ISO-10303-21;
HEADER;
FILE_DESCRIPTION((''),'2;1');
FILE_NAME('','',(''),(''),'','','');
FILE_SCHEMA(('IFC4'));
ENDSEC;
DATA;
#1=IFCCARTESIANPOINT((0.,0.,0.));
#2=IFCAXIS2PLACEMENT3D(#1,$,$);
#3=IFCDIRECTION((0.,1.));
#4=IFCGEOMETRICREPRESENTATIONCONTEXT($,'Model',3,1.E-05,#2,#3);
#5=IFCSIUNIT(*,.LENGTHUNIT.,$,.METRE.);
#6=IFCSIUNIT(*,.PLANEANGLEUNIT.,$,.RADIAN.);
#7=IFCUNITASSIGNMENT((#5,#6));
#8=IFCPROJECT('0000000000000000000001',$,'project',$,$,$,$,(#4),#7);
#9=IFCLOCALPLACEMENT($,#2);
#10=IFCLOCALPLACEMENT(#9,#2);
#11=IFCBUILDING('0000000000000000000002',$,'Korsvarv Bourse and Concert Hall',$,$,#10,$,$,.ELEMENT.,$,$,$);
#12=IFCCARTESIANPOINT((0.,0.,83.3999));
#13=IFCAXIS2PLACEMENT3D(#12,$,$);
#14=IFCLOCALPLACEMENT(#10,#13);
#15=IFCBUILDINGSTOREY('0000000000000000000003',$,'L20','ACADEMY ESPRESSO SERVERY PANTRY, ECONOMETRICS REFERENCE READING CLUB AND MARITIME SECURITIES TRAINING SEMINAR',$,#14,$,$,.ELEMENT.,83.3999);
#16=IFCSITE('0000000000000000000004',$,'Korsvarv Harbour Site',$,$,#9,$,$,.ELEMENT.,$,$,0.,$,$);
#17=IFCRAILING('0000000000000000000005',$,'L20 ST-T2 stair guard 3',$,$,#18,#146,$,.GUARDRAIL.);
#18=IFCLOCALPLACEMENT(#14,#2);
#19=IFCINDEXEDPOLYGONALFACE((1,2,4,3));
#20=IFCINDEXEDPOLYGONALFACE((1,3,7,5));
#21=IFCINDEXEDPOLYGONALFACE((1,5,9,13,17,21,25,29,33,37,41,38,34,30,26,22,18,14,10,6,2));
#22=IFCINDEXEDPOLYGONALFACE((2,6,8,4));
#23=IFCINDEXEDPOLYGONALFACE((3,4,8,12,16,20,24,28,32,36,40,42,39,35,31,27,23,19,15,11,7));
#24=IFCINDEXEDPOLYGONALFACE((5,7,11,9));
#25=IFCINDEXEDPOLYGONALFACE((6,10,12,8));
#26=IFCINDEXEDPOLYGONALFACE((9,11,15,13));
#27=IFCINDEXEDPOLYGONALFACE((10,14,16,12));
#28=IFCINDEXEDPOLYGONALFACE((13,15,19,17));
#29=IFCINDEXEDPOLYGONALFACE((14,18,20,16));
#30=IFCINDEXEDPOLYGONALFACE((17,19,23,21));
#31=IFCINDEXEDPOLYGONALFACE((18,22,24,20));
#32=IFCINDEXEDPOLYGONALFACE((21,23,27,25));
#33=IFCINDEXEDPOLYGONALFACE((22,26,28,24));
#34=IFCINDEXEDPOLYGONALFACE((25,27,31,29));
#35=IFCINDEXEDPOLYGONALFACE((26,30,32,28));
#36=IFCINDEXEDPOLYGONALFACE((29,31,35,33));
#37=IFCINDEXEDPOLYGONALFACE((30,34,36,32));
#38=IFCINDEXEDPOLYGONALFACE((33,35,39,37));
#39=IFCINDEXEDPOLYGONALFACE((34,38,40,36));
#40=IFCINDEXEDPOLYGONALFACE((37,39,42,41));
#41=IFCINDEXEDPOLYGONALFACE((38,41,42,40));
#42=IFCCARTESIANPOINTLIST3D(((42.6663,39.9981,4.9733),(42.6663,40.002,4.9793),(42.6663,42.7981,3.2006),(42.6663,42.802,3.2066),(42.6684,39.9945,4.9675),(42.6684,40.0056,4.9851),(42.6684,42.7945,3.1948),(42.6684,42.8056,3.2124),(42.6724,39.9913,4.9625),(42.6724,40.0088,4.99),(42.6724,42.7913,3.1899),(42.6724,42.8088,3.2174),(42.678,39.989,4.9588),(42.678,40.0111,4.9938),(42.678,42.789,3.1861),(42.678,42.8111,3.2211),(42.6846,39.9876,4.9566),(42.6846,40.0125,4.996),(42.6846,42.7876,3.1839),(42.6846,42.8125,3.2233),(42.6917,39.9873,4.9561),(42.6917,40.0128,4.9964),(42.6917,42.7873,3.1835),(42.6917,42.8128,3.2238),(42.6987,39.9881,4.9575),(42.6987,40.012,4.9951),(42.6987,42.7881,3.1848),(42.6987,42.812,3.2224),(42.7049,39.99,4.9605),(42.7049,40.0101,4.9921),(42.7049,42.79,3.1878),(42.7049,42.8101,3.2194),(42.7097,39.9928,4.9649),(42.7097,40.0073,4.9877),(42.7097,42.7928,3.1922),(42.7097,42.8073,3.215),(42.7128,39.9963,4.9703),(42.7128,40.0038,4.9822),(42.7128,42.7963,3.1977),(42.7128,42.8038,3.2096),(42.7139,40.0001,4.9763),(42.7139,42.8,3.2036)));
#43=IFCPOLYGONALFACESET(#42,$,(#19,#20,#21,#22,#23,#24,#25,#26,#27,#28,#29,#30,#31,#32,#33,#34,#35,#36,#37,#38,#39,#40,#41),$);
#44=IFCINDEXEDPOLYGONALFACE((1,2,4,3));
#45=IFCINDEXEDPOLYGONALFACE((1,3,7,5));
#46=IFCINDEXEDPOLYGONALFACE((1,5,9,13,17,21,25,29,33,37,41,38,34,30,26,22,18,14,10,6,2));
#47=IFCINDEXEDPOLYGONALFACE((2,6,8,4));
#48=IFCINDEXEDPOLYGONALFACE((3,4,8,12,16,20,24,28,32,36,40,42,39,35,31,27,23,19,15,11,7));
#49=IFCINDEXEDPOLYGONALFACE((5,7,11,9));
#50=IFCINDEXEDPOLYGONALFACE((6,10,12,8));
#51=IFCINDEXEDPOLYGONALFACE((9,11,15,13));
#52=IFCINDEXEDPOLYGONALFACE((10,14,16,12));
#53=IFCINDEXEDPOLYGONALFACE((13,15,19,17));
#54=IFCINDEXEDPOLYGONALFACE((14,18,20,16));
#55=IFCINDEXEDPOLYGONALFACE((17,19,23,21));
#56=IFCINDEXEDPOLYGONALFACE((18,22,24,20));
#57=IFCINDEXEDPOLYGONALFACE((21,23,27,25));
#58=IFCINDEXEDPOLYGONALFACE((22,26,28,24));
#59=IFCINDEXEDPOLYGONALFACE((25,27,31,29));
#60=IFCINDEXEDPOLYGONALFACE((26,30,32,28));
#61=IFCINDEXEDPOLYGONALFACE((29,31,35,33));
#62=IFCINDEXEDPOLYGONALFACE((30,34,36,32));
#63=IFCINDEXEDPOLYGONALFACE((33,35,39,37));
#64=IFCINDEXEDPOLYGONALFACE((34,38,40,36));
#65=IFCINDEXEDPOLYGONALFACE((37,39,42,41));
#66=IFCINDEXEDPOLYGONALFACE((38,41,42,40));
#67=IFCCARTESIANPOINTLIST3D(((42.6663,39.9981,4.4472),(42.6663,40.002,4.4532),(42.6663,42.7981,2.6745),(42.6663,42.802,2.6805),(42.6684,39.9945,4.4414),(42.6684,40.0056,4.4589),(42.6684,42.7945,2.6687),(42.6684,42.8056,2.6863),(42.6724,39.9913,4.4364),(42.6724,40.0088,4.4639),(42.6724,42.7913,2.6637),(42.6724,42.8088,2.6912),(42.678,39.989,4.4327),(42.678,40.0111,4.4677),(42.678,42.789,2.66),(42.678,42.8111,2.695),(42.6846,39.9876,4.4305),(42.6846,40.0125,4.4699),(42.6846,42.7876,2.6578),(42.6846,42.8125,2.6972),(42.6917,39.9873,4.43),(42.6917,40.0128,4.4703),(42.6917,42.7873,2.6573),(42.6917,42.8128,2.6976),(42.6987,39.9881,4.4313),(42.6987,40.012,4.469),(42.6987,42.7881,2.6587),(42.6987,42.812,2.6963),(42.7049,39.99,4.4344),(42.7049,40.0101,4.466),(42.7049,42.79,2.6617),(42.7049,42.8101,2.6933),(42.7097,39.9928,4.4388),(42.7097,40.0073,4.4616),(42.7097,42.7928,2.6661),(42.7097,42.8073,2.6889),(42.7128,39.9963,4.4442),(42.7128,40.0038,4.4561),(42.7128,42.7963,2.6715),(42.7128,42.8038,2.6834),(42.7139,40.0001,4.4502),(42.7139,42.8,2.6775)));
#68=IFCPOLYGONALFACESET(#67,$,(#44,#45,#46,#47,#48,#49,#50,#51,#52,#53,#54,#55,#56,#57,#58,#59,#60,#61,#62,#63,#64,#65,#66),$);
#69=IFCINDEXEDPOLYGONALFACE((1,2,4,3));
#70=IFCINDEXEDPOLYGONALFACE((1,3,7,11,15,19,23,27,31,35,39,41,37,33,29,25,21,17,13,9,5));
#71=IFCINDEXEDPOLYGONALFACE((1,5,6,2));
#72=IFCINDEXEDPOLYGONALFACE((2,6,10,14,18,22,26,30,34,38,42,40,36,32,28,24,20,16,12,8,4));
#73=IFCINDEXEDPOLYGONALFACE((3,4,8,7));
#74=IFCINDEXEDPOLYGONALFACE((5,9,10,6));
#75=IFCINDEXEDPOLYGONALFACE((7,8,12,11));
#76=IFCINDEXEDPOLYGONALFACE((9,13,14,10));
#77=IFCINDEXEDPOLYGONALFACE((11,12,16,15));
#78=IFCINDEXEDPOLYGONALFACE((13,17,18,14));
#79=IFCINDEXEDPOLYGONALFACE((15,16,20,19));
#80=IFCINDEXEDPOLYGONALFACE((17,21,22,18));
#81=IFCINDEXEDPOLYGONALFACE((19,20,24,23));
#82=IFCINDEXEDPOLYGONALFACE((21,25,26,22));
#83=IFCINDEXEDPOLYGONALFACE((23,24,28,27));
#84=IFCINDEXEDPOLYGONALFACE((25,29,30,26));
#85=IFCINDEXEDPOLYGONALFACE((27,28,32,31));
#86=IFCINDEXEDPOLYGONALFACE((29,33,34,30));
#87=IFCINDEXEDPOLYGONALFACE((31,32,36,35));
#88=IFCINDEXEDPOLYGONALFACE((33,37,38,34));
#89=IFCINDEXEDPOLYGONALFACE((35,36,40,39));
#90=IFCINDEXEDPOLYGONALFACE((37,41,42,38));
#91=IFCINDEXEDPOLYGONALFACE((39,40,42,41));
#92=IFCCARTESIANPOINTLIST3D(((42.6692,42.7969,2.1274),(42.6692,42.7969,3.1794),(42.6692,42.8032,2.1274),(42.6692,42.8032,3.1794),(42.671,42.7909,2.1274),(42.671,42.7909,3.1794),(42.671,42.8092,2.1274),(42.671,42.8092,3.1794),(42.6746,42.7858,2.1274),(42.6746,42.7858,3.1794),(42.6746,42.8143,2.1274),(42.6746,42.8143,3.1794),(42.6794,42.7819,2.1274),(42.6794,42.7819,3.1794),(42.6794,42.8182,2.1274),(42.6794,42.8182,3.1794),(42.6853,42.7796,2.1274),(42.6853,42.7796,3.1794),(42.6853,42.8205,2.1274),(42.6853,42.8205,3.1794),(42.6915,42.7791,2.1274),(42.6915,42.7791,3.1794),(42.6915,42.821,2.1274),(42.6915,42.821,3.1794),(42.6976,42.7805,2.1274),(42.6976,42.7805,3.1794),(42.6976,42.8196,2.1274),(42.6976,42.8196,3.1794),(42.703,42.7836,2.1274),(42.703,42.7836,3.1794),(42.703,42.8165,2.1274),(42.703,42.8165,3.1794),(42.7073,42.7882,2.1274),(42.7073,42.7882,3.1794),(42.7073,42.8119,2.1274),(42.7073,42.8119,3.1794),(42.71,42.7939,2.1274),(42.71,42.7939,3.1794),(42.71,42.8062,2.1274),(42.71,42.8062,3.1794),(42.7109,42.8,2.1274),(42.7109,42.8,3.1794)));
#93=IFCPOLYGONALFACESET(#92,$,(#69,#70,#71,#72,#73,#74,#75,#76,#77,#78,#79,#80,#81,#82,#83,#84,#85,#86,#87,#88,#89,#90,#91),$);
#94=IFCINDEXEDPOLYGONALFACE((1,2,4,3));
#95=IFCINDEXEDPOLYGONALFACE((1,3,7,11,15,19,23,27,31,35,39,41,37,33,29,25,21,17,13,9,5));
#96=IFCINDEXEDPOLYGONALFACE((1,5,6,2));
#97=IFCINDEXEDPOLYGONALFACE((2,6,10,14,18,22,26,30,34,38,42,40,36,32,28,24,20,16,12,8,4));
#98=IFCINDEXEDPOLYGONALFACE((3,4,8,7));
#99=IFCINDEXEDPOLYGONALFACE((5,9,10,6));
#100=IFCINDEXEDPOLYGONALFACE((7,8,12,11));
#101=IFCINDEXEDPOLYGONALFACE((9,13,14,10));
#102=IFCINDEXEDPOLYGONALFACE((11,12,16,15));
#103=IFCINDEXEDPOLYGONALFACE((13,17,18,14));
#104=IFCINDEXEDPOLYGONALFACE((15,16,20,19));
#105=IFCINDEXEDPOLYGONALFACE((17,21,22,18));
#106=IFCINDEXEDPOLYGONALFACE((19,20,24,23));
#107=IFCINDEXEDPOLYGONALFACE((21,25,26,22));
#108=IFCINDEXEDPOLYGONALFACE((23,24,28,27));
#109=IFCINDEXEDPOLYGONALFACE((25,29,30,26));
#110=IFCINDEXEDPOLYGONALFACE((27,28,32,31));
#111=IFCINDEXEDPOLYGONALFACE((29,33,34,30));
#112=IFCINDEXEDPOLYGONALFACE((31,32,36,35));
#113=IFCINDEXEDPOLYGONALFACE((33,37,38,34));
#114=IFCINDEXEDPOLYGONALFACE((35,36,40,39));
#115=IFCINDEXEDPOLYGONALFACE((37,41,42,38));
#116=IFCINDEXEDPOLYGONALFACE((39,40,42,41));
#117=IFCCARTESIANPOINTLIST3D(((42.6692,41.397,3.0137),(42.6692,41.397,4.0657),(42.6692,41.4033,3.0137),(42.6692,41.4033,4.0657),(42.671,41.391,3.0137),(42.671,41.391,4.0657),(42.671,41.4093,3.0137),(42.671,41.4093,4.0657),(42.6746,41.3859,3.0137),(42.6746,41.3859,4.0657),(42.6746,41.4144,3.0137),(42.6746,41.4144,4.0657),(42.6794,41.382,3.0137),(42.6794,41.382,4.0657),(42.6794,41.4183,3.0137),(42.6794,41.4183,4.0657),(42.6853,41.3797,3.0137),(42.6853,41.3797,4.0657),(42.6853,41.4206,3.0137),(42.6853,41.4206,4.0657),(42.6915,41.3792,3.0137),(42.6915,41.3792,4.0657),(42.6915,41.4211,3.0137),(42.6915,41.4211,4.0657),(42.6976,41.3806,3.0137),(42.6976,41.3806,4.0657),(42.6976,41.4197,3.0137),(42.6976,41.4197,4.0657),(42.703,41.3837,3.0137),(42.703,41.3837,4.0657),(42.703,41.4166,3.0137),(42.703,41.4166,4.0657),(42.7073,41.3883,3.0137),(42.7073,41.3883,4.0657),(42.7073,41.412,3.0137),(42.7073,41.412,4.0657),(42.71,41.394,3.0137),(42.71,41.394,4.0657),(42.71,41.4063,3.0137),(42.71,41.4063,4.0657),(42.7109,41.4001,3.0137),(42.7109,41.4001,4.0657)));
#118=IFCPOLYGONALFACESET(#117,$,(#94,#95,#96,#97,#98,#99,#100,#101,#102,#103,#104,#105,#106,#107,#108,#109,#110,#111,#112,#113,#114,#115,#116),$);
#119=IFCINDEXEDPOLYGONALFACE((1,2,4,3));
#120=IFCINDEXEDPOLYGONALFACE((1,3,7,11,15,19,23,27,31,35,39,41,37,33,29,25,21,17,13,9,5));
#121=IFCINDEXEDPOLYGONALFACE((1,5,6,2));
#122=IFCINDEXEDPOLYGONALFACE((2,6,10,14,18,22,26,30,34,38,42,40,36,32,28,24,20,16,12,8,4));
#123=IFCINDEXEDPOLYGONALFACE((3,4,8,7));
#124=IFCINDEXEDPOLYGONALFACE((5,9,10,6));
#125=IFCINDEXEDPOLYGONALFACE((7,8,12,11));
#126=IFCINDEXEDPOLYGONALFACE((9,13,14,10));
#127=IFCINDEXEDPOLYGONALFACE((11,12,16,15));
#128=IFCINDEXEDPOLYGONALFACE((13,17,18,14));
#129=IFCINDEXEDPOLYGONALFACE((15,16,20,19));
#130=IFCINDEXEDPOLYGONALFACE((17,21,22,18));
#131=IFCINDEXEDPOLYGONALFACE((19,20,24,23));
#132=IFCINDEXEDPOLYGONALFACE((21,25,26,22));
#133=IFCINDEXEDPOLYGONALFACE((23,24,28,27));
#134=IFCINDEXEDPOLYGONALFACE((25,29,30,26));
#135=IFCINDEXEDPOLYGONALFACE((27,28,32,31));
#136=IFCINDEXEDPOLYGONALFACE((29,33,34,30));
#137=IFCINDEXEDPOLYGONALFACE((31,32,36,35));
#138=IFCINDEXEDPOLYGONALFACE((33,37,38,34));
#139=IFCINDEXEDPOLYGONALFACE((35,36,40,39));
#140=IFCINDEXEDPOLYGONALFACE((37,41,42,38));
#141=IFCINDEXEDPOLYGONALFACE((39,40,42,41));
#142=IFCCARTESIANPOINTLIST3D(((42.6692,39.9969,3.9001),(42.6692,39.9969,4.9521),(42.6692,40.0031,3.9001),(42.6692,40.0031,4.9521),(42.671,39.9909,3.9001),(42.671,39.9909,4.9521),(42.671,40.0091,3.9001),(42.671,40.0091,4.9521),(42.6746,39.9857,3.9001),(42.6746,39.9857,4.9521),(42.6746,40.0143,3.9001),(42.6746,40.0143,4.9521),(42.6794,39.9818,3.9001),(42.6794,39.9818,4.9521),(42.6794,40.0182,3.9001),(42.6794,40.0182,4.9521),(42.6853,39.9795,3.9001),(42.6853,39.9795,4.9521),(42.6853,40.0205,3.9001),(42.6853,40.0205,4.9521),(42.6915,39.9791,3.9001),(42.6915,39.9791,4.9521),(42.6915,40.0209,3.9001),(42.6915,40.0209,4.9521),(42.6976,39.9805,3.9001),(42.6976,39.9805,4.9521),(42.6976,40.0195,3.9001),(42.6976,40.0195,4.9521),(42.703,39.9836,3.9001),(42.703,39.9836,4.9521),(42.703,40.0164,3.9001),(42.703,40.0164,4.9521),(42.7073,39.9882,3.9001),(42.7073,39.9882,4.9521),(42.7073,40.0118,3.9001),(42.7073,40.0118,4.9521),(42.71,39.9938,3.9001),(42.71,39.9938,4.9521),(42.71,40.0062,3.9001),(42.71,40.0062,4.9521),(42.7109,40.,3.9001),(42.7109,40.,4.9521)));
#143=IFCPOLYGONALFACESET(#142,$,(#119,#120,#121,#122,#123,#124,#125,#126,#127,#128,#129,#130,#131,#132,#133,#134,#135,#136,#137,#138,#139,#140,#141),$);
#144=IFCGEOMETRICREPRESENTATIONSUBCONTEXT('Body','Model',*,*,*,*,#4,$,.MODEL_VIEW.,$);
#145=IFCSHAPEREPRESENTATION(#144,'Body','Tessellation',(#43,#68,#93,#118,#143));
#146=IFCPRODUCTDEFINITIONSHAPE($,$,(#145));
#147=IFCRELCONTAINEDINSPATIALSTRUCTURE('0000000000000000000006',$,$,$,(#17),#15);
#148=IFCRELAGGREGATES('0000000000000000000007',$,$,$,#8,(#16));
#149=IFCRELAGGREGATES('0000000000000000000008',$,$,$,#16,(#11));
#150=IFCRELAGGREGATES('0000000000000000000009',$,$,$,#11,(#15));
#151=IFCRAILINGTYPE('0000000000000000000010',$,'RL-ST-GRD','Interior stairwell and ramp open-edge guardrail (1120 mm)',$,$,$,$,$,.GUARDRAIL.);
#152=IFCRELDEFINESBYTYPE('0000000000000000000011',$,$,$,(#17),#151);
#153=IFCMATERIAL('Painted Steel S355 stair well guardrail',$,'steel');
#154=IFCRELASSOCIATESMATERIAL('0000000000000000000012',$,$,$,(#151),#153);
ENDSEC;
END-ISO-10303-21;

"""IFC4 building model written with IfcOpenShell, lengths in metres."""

from ifc_helpers import new_model, si_unit, direction, frame, origin, origin_2d, place, context, subcontext, project, spatial, circle, extrude, material, type_object, element, save


model = new_model("IFC4")

# Units and contexts
model_context = context("Model", 3, precision=1e-05, world=origin(), true_north=direction((0.0, 1.0)))
body_context = subcontext(model_context, "Body", "Model", "MODEL_VIEW")
ifc_project = project(units=[si_unit("LENGTHUNIT", "METRE"), si_unit("PLANEANGLEUNIT", "RADIAN")], contexts=[model_context])

# Site, building, storey
site_placement = place(None, origin())
site = spatial("IfcSite", under=ifc_project, at=site_placement, Name="Korsvarv Harbour Site", CompositionType="ELEMENT", RefElevation=0.0)
building_placement = place(site_placement, origin())
building = spatial("IfcBuilding", under=site, at=building_placement, Name="Korsvarv Bourse and Concert Hall", CompositionType="ELEMENT")
storey_placement = place(building_placement, frame((0.0, 0.0, 83.3999)))
storey = spatial("IfcBuildingStorey", under=building, at=storey_placement, Name="L20", Description="ACADEMY ESPRESSO SERVERY PANTRY, ECONOMETRICS REFERENCE READING CLUB AND MARITIME SECURITIES TRAINING SEMINAR", CompositionType="ELEMENT", Elevation=83.3999)

# Railing
ifc_material_1 = material(Name="Painted Steel S355 stair well guardrail", Category="steel")
railing_type_1 = type_object("IfcRailingType", Name="RL-ST-GRD", Description="Interior stairwell and ramp open-edge guardrail (1120 mm)", PredefinedType="GUARDRAIL", material=ifc_material_1)
railing_1_placement = place(storey_placement, frame((42.6899, 42.8, 2.1274)))
element("IfcRailing", 1, at=railing_1_placement, inside=storey, type_object=railing_type_1, Name="L20 ST-T2 stair guard 3", PredefinedType="GUARDRAIL", context=body_context, shape_type="SweptSolid", body=[
    extrude(circle(Radius=0.0239, at=origin_2d()), frame((0.0, 0.0, 1.0762), z_axis=(0.0, -0.844909, 0.53491), x_axis=(1.0, 0.0, 0.0)), (0.0, 0.0, 1.0), 3.314),
    extrude(circle(Radius=0.0239, at=origin_2d()), frame((0.0, 0.0, 0.55), z_axis=(0.0, -0.844909, 0.53491), x_axis=(1.0, 0.0, 0.0)), (0.0, 0.0, 1.0), 3.314),
    extrude(circle(Radius=0.021, at=origin_2d()), origin(), (0.0, 0.0, 1.0), 1.052),
    extrude(circle(Radius=0.021, at=origin_2d()), frame((0.0, -1.3999, 0.8862)), (0.0, 0.0, 1.0), 1.052),
    extrude(circle(Radius=0.021, at=origin_2d()), frame((0.0, -2.8, 1.7727)), (0.0, 0.0, 1.0), 1.052),
])

save(model, "model.ifc")
